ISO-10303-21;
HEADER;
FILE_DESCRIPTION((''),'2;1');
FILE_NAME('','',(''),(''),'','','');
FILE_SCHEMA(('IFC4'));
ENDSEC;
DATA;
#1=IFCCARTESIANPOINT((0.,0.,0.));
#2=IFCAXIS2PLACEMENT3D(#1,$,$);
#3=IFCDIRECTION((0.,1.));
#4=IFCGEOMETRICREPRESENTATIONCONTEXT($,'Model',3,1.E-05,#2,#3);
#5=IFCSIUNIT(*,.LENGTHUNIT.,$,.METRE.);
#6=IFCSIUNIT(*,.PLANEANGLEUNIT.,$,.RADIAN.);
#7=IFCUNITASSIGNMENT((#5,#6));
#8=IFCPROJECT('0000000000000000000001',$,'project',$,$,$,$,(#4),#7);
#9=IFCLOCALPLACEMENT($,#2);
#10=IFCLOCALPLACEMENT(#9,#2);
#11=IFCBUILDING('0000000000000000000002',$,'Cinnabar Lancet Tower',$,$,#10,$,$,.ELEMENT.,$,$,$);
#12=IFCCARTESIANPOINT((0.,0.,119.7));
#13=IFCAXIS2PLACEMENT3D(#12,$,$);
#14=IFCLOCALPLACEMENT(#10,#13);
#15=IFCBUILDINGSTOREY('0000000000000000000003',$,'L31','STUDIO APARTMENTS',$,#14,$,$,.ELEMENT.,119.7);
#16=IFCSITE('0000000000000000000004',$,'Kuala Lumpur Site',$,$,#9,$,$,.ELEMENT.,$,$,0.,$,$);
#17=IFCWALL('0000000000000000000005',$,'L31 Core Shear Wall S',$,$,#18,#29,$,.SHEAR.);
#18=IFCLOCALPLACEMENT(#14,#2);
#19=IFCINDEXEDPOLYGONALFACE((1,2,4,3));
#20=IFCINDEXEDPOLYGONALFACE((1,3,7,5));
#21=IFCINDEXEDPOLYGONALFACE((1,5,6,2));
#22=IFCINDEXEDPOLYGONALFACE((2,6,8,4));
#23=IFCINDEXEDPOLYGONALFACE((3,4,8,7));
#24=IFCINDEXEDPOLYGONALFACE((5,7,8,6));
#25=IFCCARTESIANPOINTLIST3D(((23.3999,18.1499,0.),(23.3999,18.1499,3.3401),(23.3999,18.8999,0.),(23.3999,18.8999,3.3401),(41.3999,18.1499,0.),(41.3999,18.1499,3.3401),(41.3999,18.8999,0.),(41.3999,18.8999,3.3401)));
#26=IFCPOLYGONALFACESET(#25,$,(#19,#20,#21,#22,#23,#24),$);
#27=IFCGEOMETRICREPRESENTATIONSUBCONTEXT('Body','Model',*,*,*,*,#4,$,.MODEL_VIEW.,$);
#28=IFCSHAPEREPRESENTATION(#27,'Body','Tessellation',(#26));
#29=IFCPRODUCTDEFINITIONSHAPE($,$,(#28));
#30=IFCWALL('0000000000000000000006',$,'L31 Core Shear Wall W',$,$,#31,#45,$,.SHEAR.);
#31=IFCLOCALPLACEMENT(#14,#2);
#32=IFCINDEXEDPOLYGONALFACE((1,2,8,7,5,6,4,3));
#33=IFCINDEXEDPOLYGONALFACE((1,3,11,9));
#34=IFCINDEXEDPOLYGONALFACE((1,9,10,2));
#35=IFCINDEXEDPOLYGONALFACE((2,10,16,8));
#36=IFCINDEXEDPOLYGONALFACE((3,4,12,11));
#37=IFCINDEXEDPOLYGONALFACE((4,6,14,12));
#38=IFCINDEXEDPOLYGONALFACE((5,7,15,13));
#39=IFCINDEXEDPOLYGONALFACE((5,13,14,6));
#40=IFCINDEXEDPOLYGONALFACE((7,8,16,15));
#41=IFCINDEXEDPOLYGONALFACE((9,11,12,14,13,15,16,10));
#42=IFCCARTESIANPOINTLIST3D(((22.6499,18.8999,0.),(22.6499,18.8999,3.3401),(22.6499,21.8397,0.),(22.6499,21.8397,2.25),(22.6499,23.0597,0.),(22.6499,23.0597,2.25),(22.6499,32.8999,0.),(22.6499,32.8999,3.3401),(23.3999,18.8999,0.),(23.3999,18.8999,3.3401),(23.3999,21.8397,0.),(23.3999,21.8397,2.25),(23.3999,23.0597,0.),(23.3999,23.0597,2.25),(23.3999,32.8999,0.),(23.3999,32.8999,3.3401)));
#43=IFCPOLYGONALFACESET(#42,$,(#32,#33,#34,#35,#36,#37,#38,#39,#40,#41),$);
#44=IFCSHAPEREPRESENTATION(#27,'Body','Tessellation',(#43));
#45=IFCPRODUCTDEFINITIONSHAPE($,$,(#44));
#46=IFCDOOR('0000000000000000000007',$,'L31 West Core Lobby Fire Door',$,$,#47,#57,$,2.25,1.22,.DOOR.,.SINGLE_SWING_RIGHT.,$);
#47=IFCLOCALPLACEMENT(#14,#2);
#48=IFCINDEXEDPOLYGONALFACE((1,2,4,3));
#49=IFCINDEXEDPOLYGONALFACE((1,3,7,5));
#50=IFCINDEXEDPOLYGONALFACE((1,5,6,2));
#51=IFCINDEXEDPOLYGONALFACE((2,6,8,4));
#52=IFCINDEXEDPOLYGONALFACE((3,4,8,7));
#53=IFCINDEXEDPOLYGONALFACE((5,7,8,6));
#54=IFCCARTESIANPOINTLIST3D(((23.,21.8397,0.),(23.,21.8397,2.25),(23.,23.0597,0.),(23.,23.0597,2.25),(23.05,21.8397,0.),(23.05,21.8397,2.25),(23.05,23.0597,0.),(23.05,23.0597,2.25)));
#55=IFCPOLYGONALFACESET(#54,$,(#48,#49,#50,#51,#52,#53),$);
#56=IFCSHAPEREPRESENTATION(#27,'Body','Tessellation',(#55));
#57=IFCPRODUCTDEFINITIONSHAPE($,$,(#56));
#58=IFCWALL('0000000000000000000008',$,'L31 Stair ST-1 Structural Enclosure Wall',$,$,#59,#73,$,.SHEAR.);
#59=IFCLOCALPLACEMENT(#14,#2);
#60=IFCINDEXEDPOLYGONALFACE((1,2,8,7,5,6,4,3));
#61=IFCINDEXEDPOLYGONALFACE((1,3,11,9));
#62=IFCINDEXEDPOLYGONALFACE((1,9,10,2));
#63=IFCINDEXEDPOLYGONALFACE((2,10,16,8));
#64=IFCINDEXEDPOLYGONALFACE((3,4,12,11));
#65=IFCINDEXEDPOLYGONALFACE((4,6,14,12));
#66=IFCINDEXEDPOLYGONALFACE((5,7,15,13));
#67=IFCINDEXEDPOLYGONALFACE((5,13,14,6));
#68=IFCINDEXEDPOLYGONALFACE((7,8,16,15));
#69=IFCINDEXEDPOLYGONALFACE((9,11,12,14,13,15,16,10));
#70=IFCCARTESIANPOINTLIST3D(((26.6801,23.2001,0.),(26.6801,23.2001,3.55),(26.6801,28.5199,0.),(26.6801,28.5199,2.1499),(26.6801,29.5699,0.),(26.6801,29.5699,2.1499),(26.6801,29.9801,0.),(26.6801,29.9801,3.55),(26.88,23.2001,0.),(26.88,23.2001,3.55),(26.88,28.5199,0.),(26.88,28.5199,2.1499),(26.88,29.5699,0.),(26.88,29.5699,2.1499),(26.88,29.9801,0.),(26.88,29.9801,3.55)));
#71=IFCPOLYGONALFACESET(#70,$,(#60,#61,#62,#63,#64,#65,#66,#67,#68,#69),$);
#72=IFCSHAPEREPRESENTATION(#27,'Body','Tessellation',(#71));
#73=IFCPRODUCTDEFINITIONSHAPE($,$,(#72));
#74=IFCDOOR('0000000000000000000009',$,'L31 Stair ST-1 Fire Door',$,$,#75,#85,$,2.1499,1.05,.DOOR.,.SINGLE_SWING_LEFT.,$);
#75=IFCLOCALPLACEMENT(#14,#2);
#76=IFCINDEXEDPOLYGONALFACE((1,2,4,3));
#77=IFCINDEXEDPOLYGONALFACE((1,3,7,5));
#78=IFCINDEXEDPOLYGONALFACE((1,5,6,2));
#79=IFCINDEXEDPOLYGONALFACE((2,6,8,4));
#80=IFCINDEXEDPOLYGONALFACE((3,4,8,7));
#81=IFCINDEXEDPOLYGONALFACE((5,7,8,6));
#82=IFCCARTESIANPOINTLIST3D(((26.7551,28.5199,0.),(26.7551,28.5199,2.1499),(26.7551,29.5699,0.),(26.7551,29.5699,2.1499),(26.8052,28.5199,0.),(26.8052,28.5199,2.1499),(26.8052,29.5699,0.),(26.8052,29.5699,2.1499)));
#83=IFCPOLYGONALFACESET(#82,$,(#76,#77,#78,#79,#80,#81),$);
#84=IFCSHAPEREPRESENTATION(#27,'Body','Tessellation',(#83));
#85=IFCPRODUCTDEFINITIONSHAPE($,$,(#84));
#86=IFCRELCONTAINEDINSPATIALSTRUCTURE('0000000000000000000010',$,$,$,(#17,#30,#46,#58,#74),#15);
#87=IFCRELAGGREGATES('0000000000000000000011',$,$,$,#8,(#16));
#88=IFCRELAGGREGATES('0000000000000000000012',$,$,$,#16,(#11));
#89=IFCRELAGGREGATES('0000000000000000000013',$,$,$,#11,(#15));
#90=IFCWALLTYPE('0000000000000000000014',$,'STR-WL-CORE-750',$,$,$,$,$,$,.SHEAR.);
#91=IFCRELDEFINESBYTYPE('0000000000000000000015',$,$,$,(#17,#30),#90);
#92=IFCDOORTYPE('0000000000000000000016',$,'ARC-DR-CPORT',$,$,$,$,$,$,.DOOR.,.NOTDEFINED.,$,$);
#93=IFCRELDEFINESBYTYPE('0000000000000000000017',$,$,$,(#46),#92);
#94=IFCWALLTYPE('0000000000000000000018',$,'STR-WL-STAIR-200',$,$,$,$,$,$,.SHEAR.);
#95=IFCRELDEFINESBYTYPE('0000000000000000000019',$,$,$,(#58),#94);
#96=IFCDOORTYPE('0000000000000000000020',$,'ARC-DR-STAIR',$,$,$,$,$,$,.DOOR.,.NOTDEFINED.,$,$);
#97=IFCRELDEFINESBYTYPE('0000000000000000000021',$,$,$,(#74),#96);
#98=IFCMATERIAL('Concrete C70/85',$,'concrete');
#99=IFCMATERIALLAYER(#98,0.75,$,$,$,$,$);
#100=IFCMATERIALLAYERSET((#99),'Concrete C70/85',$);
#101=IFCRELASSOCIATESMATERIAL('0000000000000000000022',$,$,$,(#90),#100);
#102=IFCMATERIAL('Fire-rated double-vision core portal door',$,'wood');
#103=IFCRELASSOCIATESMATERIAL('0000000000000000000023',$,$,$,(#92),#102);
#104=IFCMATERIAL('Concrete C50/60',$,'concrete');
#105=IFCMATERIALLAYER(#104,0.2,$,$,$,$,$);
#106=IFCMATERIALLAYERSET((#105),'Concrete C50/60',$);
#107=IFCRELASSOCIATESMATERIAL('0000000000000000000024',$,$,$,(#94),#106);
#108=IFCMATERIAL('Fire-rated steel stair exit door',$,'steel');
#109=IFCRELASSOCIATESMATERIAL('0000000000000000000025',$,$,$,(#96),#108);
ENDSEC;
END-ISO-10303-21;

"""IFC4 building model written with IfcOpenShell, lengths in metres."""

from ifc_helpers import new_model, si_unit, direction, frame, frame_2d, origin, place, context, subcontext, project, spatial, rectangle, extrude, material, layer, layer_set, type_object, element, fill, save


model = new_model("IFC4")

# Units and contexts
model_context = context("Model", 3, precision=1e-05, world=origin(), true_north=direction((0.0, 1.0)))
body_context = subcontext(model_context, "Body", "Model", "MODEL_VIEW")
ifc_project = project(units=[si_unit("LENGTHUNIT", "METRE"), si_unit("PLANEANGLEUNIT", "RADIAN")], contexts=[model_context])

# Site, building, storey
site_placement = place(None, origin())
site = spatial("IfcSite", under=ifc_project, at=site_placement, Name="Kuala Lumpur Site", CompositionType="ELEMENT", RefElevation=0.0)
building_placement = place(site_placement, origin())
building = spatial("IfcBuilding", under=site, at=building_placement, Name="Cinnabar Lancet Tower", CompositionType="ELEMENT")
storey_placement = place(building_placement, frame((0.0, 0.0, 119.7)))
storey = spatial("IfcBuildingStorey", under=building, at=storey_placement, Name="L31", Description="STUDIO APARTMENTS", CompositionType="ELEMENT", Elevation=119.7)

# Wall
ifc_material_1 = material(Name="Concrete C70/85", Category="concrete")
ifc_layer_1 = layer(ifc_material_1, 0.75)
ifc_layer_set_1 = layer_set([ifc_layer_1], Name="Concrete C70/85")
wall_type_1 = type_object("IfcWallType", Name="STR-WL-CORE-750", PredefinedType="SHEAR", material=ifc_layer_set_1)
wall_1_placement = place(storey_placement, frame((23.3999, 18.5249, 0.0), z_axis=(0.0, 0.0, 1.0), x_axis=(1.0, 0.0, 0.0)))
element("IfcWall", 1, at=wall_1_placement, inside=storey, type_object=wall_type_1, Name="L31 Core Shear Wall S", PredefinedType="SHEAR", context=body_context, shape_type="SweptSolid", body=[
    extrude(rectangle(XDim=18.0, YDim=0.75, at=frame_2d((9.0, 0.0))), origin(), (0.0, 0.0, 1.0), 3.3401),
])

# Walls, openings, doors
wall_2_placement = place(storey_placement, frame((23.0249, 18.8999, 0.0), z_axis=(0.0, 0.0, 1.0), x_axis=(0.0, 1.0, 0.0)))
wall_2 = element("IfcWall", 2, at=wall_2_placement, inside=storey, type_object=wall_type_1, Name="L31 Core Shear Wall W", PredefinedType="SHEAR", context=body_context, shape_type="SweptSolid", body=[
    extrude(rectangle(XDim=14.0, YDim=0.75, at=frame_2d((7.0, 0.0))), origin(), (0.0, 0.0, 1.0), 3.3401),
])
opening_1_placement = place(wall_2_placement, frame((2.9399, 0.0, 0.0)))
opening_1 = element("IfcOpeningElement", 3, at=opening_1_placement, cuts=wall_2, PredefinedType="OPENING", context=body_context, shape_type="SweptSolid", body=[
    extrude(rectangle(XDim=1.22, YDim=2.25, at=frame_2d((0.6099, 1.125))), frame((0.0, 0.385, 0.0), z_axis=(0.0, -1.0, 0.0), x_axis=(1.0, 0.0, 0.0)), (0.0, 0.0, 1.0), 0.77),
])
ifc_material_2 = material(Name="Fire-rated double-vision core portal door", Category="wood")
door_type_1 = type_object("IfcDoorType", Name="ARC-DR-CPORT", OperationType="NOTDEFINED", PredefinedType="DOOR", material=ifc_material_2)
door_1_placement = place(opening_1_placement, origin())
door_1 = element("IfcDoor", 4, at=door_1_placement, inside=storey, type_object=door_type_1, Name="L31 West Core Lobby Fire Door", OperationType="SINGLE_SWING_RIGHT", OverallHeight=2.25, OverallWidth=1.22, PredefinedType="DOOR", context=body_context, shape_type="SweptSolid", body=[
    extrude(rectangle(XDim=1.22, YDim=2.25, at=frame_2d((0.6099, 1.125))), frame((0.0, 0.0249, 0.0), z_axis=(0.0, -1.0, 0.0), x_axis=(1.0, 0.0, 0.0)), (0.0, 0.0, 1.0), 0.05),
])
fill(opening_1, door_1)
ifc_material_3 = material(Name="Concrete C50/60", Category="concrete")
ifc_layer_2 = layer(ifc_material_3, 0.2)
ifc_layer_set_2 = layer_set([ifc_layer_2], Name="Concrete C50/60")
wall_type_2 = type_object("IfcWallType", Name="STR-WL-STAIR-200", PredefinedType="SHEAR", material=ifc_layer_set_2)
wall_3_placement = place(storey_placement, frame((26.78, 23.2, 0.0), z_axis=(0.0, 0.0, 1.0), x_axis=(0.0, 1.0, 0.0)))
wall_3 = element("IfcWall", 5, at=wall_3_placement, inside=storey, type_object=wall_type_2, Name="L31 Stair ST-1 Structural Enclosure Wall", PredefinedType="SHEAR", context=body_context, shape_type="SweptSolid", body=[
    extrude(rectangle(XDim=6.78, YDim=0.2, at=frame_2d((3.3901, 0.0))), origin(), (0.0, 0.0, 1.0), 3.55),
])
opening_2_placement = place(wall_3_placement, frame((5.3201, 0.0, 0.0)))
opening_2 = element("IfcOpeningElement", 6, at=opening_2_placement, cuts=wall_3, PredefinedType="OPENING", context=body_context, shape_type="SweptSolid", body=[
    extrude(rectangle(XDim=1.05, YDim=2.1499, at=frame_2d((0.5249, 1.075))), frame((0.0, 0.1099, 0.0), z_axis=(0.0, -1.0, 0.0), x_axis=(1.0, 0.0, 0.0)), (0.0, 0.0, 1.0), 0.22),
])
ifc_material_4 = material(Name="Fire-rated steel stair exit door", Category="steel")
door_type_2 = type_object("IfcDoorType", Name="ARC-DR-STAIR", OperationType="NOTDEFINED", PredefinedType="DOOR", material=ifc_material_4)
door_2_placement = place(opening_2_placement, origin())
door_2 = element("IfcDoor", 7, at=door_2_placement, inside=storey, type_object=door_type_2, Name="L31 Stair ST-1 Fire Door", OperationType="SINGLE_SWING_LEFT", OverallHeight=2.1499, OverallWidth=1.05, PredefinedType="DOOR", context=body_context, shape_type="SweptSolid", body=[
    extrude(rectangle(XDim=1.05, YDim=2.1499, at=frame_2d((0.5249, 1.075))), frame((0.0, 0.0249, 0.0), z_axis=(0.0, -1.0, 0.0), x_axis=(1.0, 0.0, 0.0)), (0.0, 0.0, 1.0), 0.05),
])
fill(opening_2, door_2)

save(model, "model.ifc")
